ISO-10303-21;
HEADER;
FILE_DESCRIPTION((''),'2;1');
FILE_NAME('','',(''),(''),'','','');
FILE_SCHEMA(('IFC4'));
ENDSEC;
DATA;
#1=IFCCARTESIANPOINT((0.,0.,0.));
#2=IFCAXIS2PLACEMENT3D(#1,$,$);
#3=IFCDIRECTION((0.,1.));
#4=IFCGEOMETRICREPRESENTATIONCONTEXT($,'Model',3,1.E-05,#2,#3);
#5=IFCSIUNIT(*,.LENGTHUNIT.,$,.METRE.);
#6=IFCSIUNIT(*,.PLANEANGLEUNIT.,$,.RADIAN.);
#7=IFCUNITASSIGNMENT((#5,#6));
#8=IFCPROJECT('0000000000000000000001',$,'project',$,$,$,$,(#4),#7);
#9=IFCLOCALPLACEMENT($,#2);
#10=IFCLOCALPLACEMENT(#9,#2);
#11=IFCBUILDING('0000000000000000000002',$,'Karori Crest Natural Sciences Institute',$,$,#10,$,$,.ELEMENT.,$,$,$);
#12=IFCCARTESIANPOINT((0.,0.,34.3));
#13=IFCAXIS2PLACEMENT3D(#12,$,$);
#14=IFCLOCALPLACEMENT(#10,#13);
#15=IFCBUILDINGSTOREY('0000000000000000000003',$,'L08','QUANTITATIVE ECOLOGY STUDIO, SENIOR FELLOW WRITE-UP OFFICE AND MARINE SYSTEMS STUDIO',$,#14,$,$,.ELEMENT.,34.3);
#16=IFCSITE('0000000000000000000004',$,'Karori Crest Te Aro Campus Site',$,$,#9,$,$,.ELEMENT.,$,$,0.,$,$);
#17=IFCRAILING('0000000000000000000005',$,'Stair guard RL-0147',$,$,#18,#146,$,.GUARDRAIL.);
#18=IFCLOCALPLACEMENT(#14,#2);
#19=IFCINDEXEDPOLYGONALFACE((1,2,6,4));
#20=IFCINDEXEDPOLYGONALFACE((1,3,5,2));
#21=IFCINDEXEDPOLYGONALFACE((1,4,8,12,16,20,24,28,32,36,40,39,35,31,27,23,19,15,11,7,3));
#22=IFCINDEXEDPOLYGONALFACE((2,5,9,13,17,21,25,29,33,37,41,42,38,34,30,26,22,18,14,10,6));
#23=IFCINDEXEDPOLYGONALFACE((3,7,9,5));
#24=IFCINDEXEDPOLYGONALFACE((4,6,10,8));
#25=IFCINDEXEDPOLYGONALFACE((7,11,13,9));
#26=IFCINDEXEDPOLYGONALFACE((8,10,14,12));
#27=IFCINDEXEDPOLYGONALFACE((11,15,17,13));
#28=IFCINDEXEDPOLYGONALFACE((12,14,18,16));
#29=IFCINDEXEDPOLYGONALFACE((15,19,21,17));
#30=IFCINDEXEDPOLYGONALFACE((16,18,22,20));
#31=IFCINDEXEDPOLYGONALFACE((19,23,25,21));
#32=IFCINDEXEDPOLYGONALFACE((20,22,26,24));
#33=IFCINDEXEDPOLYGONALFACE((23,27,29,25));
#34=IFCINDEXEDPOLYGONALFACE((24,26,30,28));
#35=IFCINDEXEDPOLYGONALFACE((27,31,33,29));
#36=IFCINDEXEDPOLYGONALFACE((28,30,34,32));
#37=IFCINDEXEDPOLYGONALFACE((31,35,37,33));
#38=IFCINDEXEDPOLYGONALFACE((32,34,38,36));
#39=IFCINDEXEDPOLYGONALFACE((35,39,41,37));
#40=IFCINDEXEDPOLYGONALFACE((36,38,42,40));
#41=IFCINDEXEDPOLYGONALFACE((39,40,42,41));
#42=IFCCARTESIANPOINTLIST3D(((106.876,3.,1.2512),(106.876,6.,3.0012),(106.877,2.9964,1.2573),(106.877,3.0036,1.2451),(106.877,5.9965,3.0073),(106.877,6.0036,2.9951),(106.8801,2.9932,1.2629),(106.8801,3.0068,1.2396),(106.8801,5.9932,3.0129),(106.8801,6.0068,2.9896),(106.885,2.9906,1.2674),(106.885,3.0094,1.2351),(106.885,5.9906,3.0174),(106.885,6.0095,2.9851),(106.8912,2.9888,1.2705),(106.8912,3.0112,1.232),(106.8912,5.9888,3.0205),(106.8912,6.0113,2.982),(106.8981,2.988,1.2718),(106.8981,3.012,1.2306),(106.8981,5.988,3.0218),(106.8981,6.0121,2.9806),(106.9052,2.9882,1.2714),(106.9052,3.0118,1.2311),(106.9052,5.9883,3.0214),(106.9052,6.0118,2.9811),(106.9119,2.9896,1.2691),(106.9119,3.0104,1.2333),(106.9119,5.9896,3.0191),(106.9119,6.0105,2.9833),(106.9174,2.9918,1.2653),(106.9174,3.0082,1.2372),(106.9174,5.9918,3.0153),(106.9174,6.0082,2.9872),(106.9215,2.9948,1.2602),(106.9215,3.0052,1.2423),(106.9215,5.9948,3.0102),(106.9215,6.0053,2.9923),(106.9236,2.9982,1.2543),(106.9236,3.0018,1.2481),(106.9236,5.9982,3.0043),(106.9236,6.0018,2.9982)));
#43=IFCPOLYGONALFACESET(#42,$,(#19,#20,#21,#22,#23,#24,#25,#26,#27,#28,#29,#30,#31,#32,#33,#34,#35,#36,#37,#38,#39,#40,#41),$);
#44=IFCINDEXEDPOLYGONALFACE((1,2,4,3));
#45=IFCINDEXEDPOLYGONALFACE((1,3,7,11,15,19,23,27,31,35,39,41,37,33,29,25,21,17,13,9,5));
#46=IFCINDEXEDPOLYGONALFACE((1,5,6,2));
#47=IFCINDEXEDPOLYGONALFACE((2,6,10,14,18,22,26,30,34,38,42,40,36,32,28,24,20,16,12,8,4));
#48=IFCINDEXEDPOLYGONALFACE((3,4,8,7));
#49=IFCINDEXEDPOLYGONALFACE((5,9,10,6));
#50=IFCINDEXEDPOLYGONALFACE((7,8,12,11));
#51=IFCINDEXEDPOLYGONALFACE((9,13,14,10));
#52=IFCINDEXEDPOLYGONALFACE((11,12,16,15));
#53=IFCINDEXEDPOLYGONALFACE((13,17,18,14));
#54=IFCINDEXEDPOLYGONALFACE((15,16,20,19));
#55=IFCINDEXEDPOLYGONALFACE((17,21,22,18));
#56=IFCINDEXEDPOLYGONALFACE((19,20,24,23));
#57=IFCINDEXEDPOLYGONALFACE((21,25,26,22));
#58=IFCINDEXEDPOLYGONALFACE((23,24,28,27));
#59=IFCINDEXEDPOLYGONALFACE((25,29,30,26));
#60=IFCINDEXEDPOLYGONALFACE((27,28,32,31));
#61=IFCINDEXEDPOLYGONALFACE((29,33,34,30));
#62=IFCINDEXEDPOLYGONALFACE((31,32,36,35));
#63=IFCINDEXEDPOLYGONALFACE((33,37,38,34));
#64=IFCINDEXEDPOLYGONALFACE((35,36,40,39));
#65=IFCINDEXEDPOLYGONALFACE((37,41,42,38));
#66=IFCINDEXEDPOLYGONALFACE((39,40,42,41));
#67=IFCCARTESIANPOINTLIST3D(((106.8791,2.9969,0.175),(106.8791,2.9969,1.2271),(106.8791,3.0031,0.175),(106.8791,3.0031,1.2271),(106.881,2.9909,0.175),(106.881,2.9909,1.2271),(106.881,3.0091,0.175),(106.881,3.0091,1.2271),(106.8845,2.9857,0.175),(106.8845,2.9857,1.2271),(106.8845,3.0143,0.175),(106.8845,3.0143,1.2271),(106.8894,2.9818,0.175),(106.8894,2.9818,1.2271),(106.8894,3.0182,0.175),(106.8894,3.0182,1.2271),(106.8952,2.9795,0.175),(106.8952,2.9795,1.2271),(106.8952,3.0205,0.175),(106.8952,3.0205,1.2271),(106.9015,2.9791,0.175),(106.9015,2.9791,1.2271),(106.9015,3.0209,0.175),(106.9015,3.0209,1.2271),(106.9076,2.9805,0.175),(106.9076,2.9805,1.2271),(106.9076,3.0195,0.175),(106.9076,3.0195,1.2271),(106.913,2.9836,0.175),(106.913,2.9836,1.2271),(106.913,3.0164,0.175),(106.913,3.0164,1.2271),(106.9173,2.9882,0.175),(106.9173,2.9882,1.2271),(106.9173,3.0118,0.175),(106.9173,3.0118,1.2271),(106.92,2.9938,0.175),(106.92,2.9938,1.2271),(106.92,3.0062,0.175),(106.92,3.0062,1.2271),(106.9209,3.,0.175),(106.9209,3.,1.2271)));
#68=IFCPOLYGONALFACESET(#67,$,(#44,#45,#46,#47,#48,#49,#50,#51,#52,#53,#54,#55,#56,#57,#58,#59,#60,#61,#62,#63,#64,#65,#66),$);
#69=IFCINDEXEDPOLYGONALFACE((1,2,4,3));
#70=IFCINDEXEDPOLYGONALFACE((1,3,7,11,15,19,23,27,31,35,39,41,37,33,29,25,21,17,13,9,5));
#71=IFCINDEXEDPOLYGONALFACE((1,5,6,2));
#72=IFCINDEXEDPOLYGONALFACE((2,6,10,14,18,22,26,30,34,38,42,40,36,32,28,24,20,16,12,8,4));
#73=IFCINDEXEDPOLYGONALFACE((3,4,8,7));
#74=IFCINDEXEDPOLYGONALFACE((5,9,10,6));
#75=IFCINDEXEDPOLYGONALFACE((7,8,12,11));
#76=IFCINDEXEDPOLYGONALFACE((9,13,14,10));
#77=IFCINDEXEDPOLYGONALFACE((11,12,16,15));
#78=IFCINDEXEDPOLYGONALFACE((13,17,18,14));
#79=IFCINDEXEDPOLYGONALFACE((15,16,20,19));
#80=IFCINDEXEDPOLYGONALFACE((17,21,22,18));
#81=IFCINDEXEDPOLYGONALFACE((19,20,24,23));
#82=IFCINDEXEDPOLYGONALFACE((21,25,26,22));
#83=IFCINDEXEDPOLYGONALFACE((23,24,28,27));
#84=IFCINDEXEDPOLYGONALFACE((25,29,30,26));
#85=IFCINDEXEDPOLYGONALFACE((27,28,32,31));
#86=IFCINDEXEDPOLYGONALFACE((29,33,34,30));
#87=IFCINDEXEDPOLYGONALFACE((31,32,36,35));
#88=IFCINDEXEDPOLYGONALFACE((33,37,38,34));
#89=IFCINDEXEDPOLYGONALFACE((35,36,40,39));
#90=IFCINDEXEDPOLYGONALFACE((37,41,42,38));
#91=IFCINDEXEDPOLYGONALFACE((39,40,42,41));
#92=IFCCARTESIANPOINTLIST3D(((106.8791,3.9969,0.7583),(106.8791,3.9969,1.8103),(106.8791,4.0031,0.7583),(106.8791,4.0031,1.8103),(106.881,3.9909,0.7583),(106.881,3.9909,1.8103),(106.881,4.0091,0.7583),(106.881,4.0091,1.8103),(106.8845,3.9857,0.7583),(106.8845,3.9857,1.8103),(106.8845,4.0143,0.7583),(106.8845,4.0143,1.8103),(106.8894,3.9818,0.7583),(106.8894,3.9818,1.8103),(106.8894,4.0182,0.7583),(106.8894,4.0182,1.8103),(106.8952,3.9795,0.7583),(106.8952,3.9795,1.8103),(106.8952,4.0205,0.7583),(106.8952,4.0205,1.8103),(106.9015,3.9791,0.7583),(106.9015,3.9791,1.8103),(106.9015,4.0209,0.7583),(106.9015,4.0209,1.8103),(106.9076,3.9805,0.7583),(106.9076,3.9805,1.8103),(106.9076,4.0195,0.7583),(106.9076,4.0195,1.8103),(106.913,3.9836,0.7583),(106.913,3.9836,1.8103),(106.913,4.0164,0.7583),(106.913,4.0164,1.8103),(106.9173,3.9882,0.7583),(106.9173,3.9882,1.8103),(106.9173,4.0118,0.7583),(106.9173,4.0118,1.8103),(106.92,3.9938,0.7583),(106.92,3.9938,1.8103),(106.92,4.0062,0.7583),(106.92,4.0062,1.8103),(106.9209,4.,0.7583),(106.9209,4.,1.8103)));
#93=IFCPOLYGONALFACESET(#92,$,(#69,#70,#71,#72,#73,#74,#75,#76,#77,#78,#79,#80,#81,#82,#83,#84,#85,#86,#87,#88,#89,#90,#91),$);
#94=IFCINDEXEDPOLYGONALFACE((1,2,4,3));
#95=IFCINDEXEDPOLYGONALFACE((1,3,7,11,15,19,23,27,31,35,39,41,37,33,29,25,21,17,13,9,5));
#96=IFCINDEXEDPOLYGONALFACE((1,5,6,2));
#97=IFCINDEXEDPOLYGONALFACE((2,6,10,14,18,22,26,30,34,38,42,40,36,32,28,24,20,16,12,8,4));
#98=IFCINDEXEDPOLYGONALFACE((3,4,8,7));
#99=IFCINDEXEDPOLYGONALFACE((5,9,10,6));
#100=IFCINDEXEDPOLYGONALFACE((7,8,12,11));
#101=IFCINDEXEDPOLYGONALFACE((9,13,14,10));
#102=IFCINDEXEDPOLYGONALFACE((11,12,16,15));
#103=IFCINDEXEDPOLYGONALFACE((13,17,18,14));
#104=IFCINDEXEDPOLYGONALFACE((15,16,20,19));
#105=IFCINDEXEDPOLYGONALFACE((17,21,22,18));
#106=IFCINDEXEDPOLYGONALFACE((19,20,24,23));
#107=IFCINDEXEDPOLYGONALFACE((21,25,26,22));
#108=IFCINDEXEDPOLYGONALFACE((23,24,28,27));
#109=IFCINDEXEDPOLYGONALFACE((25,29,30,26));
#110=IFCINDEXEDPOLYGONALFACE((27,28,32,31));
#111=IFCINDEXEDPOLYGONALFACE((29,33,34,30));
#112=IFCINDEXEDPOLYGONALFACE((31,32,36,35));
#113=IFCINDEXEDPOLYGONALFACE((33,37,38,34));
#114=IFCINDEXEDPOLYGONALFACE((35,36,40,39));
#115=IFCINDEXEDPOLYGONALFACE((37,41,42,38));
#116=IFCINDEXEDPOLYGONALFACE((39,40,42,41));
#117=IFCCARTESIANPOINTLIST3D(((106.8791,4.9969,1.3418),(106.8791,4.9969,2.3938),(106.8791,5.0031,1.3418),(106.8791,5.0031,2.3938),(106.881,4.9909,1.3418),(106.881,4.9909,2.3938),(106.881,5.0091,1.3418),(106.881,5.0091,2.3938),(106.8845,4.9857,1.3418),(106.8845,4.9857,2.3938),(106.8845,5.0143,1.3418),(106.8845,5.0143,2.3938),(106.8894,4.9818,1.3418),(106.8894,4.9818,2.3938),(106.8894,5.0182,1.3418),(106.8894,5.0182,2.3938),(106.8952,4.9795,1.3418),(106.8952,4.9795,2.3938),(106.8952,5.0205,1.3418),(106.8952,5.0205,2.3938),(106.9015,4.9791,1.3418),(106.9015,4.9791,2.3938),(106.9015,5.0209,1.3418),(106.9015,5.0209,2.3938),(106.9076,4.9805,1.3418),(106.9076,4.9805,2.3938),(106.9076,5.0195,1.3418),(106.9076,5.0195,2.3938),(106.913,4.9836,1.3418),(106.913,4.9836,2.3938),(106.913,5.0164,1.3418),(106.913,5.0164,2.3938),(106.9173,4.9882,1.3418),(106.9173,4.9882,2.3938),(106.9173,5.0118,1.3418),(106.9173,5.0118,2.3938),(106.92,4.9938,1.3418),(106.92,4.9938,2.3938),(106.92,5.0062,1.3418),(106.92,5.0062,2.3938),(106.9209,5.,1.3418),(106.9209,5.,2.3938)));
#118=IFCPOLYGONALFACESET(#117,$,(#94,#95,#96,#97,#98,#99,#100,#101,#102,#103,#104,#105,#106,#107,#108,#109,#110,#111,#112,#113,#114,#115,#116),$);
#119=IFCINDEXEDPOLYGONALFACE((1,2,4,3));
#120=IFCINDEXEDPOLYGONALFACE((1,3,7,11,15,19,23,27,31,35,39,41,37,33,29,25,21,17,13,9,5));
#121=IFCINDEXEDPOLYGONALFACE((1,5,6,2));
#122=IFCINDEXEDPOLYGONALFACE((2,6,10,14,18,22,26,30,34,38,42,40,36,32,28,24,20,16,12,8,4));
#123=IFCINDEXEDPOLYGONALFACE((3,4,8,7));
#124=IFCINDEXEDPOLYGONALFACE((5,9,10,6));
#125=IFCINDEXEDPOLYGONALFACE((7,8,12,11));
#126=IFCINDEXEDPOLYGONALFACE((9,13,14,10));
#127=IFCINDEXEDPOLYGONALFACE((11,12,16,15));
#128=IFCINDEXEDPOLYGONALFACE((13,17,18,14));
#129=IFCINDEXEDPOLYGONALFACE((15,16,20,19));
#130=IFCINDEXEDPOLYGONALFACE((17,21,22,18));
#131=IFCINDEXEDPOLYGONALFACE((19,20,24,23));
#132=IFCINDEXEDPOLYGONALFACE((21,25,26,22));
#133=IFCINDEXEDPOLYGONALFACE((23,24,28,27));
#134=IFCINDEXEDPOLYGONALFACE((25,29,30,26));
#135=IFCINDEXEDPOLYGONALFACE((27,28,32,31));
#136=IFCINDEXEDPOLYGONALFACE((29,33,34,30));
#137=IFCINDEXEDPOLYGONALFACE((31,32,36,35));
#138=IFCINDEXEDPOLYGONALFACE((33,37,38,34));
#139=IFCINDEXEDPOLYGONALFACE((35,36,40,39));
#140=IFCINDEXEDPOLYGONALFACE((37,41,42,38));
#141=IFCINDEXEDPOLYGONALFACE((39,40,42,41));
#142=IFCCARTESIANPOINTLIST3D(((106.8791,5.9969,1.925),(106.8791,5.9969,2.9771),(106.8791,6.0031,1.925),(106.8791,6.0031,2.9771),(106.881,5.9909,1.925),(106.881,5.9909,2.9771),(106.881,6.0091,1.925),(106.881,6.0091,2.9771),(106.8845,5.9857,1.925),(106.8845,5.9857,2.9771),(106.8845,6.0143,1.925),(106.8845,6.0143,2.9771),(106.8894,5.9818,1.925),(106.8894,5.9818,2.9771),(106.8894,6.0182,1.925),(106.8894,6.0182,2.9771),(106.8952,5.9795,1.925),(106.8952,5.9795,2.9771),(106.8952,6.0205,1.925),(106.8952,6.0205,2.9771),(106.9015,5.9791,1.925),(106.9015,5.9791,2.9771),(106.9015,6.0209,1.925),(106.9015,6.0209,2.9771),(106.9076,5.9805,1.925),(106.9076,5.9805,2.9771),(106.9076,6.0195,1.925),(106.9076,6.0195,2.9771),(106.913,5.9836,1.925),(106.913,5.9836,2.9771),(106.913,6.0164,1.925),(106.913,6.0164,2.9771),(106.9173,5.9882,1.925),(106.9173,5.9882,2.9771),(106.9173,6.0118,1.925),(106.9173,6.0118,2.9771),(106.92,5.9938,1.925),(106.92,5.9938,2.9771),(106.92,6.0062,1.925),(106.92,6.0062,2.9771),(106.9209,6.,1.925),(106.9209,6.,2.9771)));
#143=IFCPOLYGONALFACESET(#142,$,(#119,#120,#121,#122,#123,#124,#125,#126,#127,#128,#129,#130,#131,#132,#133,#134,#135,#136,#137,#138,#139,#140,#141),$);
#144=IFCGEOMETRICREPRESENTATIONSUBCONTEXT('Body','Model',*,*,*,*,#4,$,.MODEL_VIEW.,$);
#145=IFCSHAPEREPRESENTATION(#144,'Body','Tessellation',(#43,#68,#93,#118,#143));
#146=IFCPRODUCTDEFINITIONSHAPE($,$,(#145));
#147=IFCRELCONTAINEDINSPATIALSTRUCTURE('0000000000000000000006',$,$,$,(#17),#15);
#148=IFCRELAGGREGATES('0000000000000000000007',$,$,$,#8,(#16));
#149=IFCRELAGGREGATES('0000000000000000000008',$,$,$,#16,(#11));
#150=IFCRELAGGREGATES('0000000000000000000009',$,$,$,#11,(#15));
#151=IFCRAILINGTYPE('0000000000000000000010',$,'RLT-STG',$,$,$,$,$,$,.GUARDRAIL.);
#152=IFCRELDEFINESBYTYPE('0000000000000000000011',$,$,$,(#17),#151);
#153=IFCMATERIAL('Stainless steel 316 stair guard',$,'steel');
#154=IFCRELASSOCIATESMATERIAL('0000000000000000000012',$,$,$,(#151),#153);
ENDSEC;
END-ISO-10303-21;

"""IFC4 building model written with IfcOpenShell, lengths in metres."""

from ifc_helpers import new_model, si_unit, direction, frame, origin, origin_2d, place, context, subcontext, project, spatial, circle, extrude, material, type_object, element, save


model = new_model("IFC4")

# Units and contexts
model_context = context("Model", 3, precision=1e-05, world=origin(), true_north=direction((0.0, 1.0)))
body_context = subcontext(model_context, "Body", "Model", "MODEL_VIEW")
ifc_project = project(units=[si_unit("LENGTHUNIT", "METRE"), si_unit("PLANEANGLEUNIT", "RADIAN")], contexts=[model_context])

# Site, building, storey
site_placement = place(None, origin())
site = spatial("IfcSite", under=ifc_project, at=site_placement, Name="Karori Crest Te Aro Campus Site", CompositionType="ELEMENT", RefElevation=0.0)
building_placement = place(site_placement, origin())
building = spatial("IfcBuilding", under=site, at=building_placement, Name="Karori Crest Natural Sciences Institute", CompositionType="ELEMENT")
storey_placement = place(building_placement, frame((0.0, 0.0, 34.3)))
storey = spatial("IfcBuildingStorey", under=building, at=storey_placement, Name="L08", Description="QUANTITATIVE ECOLOGY STUDIO, SENIOR FELLOW WRITE-UP OFFICE AND MARINE SYSTEMS STUDIO", CompositionType="ELEMENT", Elevation=34.3)

# Railing
ifc_material_1 = material(Name="Stainless steel 316 stair guard", Category="steel")
railing_type_1 = type_object("IfcRailingType", Name="RLT-STG", PredefinedType="GUARDRAIL", material=ifc_material_1)
railing_1_placement = place(storey_placement, frame((106.8999, 3.0, 0.175)))
element("IfcRailing", 1, at=railing_1_placement, inside=storey, type_object=railing_type_1, Name="Stair guard RL-0147", PredefinedType="GUARDRAIL", context=body_context, shape_type="SweptSolid", body=[
    extrude(circle(Radius=0.0239, at=origin_2d()), frame((0.0, 0.0, 1.0762), z_axis=(0.0, 0.863779, 0.503871), x_axis=(-1.0, 0.0, 0.0)), (0.0, 0.0, 1.0), 3.4731),
    extrude(circle(Radius=0.021, at=origin_2d()), origin(), (0.0, 0.0, 1.0), 1.052),
    extrude(circle(Radius=0.021, at=origin_2d()), frame((0.0, 1.0, 0.5833)), (0.0, 0.0, 1.0), 1.052),
    extrude(circle(Radius=0.021, at=origin_2d()), frame((0.0, 2.0, 1.1667)), (0.0, 0.0, 1.0), 1.052),
    extrude(circle(Radius=0.021, at=origin_2d()), frame((0.0, 3.0, 1.75)), (0.0, 0.0, 1.0), 1.052),
])

save(model, "model.ifc")
